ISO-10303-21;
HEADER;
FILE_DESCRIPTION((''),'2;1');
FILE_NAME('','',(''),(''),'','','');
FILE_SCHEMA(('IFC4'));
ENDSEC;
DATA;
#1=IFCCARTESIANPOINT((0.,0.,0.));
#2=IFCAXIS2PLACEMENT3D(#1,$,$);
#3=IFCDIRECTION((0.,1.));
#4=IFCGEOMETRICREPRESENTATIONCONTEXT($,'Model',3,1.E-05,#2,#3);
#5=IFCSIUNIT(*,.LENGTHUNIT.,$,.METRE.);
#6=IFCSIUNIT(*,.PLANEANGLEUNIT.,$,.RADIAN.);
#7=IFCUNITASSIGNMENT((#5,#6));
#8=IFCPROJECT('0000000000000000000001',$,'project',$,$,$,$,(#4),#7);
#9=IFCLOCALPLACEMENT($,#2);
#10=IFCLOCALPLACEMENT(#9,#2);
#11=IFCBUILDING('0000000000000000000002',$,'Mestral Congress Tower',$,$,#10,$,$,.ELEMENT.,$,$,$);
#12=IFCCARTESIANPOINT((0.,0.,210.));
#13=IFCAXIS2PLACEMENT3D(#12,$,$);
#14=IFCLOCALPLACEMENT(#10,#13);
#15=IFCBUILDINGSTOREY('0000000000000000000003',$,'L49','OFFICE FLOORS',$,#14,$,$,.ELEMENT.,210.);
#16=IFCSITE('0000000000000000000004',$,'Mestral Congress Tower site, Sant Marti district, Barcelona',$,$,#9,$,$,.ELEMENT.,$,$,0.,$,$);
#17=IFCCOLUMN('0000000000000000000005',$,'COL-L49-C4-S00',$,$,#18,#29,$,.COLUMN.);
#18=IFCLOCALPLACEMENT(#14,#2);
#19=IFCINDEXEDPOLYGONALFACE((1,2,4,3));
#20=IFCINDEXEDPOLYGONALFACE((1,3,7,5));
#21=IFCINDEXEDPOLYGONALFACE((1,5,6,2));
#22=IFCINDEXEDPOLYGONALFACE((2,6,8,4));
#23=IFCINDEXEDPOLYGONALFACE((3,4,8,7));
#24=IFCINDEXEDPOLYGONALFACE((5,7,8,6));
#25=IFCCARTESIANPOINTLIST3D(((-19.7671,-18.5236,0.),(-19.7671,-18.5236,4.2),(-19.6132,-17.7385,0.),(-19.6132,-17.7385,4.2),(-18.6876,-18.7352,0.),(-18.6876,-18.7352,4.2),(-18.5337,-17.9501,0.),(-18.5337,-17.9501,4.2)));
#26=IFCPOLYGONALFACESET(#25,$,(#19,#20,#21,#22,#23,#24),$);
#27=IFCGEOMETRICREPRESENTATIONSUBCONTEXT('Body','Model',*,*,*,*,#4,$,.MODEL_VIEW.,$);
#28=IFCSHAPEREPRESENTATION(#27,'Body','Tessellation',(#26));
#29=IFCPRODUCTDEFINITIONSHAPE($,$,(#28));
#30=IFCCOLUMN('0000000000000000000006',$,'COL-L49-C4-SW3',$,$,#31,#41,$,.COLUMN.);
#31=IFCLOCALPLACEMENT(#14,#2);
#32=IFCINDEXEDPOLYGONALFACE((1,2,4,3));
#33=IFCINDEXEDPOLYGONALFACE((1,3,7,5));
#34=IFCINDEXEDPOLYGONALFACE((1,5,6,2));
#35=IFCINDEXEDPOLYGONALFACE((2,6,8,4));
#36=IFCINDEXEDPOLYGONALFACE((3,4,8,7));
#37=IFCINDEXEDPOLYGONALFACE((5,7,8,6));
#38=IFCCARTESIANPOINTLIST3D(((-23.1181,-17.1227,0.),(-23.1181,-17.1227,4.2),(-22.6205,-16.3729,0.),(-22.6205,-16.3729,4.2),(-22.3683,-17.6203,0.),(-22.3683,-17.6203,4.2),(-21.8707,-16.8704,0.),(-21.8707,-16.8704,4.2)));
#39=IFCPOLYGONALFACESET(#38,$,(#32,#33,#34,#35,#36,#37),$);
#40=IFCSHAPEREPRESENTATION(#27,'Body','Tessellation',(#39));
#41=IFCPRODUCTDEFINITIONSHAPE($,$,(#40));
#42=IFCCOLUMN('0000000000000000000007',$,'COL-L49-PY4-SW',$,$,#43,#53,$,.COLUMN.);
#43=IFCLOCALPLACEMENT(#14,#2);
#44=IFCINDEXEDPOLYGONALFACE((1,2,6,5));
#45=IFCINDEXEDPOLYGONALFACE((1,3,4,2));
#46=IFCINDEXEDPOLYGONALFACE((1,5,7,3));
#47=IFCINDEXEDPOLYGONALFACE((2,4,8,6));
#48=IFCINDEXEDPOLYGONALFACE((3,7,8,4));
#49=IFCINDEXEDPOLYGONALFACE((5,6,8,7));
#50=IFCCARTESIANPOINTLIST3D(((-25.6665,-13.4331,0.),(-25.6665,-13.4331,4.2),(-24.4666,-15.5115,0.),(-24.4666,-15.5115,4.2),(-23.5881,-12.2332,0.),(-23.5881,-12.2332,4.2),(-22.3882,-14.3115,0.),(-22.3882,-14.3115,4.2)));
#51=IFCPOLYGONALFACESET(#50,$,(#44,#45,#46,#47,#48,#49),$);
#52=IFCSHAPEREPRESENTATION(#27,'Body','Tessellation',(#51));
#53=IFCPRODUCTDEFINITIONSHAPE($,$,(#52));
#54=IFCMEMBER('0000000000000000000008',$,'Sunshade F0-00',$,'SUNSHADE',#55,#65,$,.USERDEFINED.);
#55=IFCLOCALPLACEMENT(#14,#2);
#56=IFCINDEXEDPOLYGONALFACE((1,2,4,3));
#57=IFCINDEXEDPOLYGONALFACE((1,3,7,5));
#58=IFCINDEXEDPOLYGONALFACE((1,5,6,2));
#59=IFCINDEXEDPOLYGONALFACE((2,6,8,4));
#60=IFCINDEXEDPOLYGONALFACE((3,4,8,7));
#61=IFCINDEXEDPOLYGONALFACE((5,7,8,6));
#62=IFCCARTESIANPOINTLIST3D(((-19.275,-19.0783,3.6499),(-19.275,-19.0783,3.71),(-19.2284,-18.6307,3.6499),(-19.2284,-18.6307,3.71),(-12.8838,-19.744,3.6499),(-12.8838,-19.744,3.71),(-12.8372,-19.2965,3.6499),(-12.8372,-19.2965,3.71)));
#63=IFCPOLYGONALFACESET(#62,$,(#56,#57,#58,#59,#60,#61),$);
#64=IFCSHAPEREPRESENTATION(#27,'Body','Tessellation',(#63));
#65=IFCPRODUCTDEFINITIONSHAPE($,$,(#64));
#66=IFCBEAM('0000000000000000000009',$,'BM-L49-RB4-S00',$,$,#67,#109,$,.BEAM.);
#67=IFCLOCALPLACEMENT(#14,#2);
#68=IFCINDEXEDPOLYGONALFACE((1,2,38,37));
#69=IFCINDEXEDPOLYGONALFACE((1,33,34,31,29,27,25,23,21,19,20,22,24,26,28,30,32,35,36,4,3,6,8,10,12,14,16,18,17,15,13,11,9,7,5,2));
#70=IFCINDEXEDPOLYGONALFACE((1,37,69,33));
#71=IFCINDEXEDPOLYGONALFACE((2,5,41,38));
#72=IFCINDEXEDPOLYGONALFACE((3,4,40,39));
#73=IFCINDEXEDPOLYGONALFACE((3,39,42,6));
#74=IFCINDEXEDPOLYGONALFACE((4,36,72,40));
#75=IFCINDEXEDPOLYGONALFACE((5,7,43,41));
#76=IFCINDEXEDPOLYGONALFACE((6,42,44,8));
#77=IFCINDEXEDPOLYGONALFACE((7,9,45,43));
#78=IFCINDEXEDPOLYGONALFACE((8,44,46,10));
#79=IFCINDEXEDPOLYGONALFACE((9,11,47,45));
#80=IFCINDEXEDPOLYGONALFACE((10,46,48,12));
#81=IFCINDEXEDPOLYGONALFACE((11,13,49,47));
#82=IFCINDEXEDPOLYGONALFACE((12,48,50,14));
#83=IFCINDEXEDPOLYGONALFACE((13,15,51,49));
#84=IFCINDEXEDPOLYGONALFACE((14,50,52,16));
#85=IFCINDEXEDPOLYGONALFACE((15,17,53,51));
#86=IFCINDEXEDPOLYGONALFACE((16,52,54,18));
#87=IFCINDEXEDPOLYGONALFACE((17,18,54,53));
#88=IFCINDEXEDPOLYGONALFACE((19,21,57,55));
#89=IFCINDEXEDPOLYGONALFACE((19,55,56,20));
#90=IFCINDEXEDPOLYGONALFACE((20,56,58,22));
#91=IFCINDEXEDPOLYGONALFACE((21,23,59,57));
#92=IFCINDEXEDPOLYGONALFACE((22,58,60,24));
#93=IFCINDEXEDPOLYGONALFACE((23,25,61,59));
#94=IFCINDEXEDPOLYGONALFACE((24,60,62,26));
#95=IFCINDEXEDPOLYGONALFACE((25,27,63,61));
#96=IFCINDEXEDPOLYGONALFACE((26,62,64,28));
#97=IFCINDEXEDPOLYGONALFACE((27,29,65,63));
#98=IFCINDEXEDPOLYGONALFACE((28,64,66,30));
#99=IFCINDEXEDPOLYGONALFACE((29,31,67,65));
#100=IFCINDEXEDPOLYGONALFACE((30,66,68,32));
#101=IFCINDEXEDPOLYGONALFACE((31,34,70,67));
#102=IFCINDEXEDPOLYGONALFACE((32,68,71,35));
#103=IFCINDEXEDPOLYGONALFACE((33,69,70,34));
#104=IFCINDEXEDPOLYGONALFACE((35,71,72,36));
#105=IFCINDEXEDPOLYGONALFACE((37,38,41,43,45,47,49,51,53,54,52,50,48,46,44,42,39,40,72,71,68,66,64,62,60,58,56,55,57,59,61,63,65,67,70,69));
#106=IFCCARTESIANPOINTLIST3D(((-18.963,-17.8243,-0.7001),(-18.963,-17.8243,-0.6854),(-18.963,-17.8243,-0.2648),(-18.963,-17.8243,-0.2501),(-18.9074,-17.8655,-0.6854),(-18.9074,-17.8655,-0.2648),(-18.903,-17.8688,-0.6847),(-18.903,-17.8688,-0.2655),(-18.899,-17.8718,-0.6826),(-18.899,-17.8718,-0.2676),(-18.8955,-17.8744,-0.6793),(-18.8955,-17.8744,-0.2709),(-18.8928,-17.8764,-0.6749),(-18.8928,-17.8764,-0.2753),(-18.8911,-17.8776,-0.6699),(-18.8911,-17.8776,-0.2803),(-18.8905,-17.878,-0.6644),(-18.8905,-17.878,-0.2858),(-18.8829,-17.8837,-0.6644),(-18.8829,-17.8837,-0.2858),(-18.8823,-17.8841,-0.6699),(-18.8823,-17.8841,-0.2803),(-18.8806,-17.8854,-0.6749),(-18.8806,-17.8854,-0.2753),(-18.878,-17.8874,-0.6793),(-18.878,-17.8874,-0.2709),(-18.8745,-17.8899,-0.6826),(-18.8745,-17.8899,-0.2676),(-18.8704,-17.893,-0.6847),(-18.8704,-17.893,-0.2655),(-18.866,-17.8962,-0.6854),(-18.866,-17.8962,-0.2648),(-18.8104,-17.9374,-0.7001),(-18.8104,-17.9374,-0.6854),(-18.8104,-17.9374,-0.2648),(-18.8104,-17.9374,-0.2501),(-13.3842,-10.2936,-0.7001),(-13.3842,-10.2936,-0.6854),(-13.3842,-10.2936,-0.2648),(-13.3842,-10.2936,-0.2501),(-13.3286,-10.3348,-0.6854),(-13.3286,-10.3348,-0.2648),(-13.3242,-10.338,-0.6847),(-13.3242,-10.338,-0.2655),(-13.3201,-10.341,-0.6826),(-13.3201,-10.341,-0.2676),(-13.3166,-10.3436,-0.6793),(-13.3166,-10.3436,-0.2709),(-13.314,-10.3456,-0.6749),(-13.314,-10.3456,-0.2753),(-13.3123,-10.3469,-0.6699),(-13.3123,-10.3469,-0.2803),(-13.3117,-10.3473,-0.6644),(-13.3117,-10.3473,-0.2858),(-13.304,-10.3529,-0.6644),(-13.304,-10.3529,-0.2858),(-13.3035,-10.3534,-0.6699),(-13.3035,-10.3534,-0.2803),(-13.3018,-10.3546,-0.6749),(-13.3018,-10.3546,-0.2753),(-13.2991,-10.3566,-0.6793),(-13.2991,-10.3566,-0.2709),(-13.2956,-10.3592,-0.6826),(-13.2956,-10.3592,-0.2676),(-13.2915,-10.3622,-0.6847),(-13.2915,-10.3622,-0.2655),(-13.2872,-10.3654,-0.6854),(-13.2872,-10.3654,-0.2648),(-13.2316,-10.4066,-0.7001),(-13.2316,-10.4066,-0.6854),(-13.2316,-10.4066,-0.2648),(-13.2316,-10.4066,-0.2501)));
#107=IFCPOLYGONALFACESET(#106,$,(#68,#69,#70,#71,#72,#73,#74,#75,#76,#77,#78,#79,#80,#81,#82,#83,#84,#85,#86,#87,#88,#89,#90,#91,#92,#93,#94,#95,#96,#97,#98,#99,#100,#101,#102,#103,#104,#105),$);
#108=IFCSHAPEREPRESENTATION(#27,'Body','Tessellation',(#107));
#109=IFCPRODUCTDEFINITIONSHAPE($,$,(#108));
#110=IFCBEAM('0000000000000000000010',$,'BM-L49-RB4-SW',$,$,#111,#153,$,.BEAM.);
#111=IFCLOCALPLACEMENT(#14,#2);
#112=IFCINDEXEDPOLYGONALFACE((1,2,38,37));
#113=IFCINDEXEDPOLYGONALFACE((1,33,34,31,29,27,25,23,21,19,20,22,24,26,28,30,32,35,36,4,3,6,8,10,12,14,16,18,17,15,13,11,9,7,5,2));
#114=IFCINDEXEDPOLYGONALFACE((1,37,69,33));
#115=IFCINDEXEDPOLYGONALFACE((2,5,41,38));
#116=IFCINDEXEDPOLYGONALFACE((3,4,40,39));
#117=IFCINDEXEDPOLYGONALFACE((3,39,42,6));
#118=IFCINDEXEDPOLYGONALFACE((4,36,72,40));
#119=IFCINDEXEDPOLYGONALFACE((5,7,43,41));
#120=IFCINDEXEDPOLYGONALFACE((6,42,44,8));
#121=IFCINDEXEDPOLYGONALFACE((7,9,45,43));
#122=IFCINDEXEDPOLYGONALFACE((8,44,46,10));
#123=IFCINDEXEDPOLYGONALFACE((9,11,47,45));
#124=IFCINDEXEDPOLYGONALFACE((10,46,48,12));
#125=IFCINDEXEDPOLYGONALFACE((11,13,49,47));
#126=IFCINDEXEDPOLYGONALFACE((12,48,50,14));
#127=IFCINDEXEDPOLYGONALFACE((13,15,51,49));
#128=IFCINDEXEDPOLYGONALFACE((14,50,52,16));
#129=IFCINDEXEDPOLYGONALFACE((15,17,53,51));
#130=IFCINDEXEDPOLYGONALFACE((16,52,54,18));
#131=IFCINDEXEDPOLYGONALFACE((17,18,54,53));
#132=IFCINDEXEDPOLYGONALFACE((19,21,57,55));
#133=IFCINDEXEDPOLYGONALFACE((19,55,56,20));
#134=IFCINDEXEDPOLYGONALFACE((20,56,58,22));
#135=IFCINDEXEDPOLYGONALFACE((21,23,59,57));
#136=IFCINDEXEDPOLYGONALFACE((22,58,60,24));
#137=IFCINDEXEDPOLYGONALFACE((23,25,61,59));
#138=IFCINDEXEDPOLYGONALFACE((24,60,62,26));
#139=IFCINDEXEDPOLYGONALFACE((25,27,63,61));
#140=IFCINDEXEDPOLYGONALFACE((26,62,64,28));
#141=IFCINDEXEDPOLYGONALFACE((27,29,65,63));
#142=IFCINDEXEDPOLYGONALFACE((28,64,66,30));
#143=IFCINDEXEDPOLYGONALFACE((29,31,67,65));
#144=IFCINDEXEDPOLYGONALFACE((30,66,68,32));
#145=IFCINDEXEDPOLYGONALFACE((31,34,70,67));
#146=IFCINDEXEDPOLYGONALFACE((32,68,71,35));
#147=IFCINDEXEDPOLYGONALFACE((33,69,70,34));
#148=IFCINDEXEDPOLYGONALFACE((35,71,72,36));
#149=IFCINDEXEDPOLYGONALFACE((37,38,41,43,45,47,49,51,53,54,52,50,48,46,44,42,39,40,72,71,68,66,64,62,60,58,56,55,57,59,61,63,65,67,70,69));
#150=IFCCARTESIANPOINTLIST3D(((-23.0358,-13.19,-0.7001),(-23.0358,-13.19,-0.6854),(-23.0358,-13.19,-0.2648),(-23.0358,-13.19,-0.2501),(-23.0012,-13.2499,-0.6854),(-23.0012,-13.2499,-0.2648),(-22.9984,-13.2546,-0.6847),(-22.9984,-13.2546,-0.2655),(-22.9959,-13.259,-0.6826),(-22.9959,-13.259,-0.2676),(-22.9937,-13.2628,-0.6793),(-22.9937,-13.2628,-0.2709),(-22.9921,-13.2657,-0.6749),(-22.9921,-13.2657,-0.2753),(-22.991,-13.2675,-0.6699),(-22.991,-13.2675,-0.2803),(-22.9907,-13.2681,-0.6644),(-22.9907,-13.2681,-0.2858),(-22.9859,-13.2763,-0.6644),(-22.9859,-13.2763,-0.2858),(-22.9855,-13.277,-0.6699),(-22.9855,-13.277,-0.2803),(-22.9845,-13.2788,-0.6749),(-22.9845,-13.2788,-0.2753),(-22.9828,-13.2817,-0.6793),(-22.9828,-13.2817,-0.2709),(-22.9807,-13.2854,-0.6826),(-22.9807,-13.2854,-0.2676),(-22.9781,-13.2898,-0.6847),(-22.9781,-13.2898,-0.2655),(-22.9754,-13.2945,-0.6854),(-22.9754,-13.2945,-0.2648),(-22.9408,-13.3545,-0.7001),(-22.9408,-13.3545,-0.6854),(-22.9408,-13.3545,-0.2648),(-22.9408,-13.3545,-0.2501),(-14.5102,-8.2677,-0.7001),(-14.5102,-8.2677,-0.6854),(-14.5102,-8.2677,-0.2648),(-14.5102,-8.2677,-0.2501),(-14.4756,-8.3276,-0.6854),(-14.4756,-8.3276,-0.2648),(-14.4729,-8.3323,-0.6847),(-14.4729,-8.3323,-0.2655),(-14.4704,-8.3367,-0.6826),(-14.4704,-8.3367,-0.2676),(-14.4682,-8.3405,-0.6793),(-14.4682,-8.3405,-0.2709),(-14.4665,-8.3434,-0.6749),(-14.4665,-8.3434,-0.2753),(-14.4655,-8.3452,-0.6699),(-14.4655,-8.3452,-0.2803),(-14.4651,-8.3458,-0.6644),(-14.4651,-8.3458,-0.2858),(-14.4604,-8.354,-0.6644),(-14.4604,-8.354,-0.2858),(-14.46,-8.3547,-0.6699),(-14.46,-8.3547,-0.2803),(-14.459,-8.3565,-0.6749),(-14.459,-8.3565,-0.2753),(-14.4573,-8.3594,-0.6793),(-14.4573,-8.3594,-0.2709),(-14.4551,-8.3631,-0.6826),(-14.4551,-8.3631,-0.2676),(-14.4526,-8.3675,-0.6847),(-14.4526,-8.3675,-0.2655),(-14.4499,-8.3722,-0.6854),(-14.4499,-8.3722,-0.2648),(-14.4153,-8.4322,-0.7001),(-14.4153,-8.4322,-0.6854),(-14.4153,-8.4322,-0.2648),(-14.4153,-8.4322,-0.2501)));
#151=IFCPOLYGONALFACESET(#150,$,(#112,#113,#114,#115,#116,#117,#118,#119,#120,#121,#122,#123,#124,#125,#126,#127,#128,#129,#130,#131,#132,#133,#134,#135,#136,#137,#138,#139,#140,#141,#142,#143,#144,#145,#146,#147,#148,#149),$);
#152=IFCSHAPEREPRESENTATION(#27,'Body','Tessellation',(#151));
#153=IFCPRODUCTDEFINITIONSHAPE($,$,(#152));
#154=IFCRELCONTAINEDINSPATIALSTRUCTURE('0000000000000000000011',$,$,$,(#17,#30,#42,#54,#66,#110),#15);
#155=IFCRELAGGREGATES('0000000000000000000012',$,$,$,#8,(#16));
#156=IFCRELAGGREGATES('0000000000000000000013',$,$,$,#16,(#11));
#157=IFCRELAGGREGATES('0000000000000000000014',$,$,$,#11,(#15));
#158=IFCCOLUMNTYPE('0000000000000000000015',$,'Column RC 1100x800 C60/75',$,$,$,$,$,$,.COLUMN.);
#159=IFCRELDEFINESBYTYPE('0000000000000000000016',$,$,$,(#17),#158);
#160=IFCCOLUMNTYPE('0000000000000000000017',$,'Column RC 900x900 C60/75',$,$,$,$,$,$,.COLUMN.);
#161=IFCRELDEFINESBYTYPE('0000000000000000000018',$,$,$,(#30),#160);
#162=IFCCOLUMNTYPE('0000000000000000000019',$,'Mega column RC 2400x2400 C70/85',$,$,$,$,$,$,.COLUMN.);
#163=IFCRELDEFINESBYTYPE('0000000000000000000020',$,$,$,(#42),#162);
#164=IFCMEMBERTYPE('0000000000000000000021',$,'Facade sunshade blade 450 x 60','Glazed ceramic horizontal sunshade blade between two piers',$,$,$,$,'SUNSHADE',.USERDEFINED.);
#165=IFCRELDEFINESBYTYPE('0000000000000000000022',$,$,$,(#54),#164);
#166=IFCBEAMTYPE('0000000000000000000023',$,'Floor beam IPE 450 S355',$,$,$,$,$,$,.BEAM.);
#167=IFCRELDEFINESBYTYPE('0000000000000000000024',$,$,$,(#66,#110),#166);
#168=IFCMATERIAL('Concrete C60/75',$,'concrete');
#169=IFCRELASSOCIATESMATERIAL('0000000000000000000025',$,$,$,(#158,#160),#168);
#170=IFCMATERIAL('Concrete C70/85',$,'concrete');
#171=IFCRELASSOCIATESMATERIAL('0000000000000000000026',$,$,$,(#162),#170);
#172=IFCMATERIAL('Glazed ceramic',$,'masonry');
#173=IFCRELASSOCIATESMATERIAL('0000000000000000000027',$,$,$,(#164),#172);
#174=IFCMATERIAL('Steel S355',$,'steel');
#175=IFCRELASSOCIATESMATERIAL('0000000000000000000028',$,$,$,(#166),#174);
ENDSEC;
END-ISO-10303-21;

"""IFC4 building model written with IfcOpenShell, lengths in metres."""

from ifc_helpers import new_model, si_unit, direction, frame, origin, origin_2d, place, context, subcontext, project, spatial, rectangle, i_section, extrude, material, material_profile, profile_set, type_object, element, save


model = new_model("IFC4")

# Units and contexts
model_context = context("Model", 3, precision=1e-05, world=origin(), true_north=direction((0.0, 1.0)))
body_context = subcontext(model_context, "Body", "Model", "MODEL_VIEW")
ifc_project = project(units=[si_unit("LENGTHUNIT", "METRE"), si_unit("PLANEANGLEUNIT", "RADIAN")], contexts=[model_context])

# Site, building, storey
site_placement = place(None, origin())
site = spatial("IfcSite", under=ifc_project, at=site_placement, Name="Mestral Congress Tower site, Sant Marti district, Barcelona", CompositionType="ELEMENT", RefElevation=0.0)
building_placement = place(site_placement, origin())
building = spatial("IfcBuilding", under=site, at=building_placement, Name="Mestral Congress Tower", CompositionType="ELEMENT")
storey_placement = place(building_placement, frame((0.0, 0.0, 210.0)))
storey = spatial("IfcBuildingStorey", under=building, at=storey_placement, Name="L49", Description="OFFICE FLOORS", CompositionType="ELEMENT", Elevation=210.0)

# Columns
ifc_material_1 = material(Name="Concrete C60/75", Category="concrete")
ifc_material_profile_1 = material_profile(ifc_material_1, rectangle(XDim=1.1001, YDim=0.8, at=origin_2d()), Name="RC 1100x800")
ifc_profile_set_1 = profile_set([ifc_material_profile_1], Name="Concrete C60/75")
column_type_1 = type_object("IfcColumnType", Name="Column RC 1100x800 C60/75", PredefinedType="COLUMN", material=ifc_profile_set_1)
column_1_placement = place(storey_placement, frame((-19.1504, -18.2368, 0.0), z_axis=(0.0, 0.0, 1.0), x_axis=(0.981325, -0.192359, 0.0)))
element("IfcColumn", 1, at=column_1_placement, inside=storey, type_object=column_type_1, Name="COL-L49-C4-S00", PredefinedType="COLUMN", context=body_context, shape_type="SweptSolid", body=[
    extrude(rectangle(XDim=1.1001, YDim=0.8, at=origin_2d()), origin(), (0.0, 0.0, 1.0), 4.2),
])
ifc_material_profile_2 = material_profile(ifc_material_1, rectangle(XDim=0.8999, YDim=0.8999, at=origin_2d()), Name="RC 900x900")
ifc_profile_set_2 = profile_set([ifc_material_profile_2], Name="Concrete C60/75")
column_type_2 = type_object("IfcColumnType", Name="Column RC 900x900 C60/75", PredefinedType="COLUMN", material=ifc_profile_set_2)
column_2_placement = place(storey_placement, frame((-22.4944, -16.9966, 0.0), z_axis=(0.0, 0.0, 1.0), x_axis=(0.833239, -0.552913, 0.0)))
element("IfcColumn", 2, at=column_2_placement, inside=storey, type_object=column_type_2, Name="COL-L49-C4-SW3", PredefinedType="COLUMN", context=body_context, shape_type="SweptSolid", body=[
    extrude(rectangle(XDim=0.8999, YDim=0.8999, at=origin_2d()), origin(), (0.0, 0.0, 1.0), 4.2),
])
ifc_material_2 = material(Name="Concrete C70/85", Category="concrete")
ifc_material_profile_3 = material_profile(ifc_material_2, rectangle(XDim=2.3999, YDim=2.3999, at=origin_2d()), Name="RC 2400x2400")
ifc_profile_set_3 = profile_set([ifc_material_profile_3], Name="Concrete C70/85")
column_type_3 = type_object("IfcColumnType", Name="Mega column RC 2400x2400 C70/85", PredefinedType="COLUMN", material=ifc_profile_set_3)
column_3_placement = place(storey_placement, frame((-24.0273, -13.8723, 0.0), z_axis=(0.0, 0.0, 1.0), x_axis=(-0.866025, -0.5, 0.0)))
element("IfcColumn", 3, at=column_3_placement, inside=storey, type_object=column_type_3, Name="COL-L49-PY4-SW", PredefinedType="COLUMN", context=body_context, shape_type="SweptSolid", body=[
    extrude(rectangle(XDim=2.3999, YDim=2.3999, at=origin_2d()), origin(), (0.0, 0.0, 1.0), 4.2),
])

# Member
ifc_material_3 = material(Name="Glazed ceramic", Category="masonry")
ifc_material_profile_4 = material_profile(ifc_material_3, rectangle(XDim=0.45, YDim=0.0601, at=origin_2d()), Name="Ceramic blade 450 x 60")
ifc_profile_set_4 = profile_set([ifc_material_profile_4], Name="Glazed ceramic")
member_type = type_object("IfcMemberType", Name="Facade sunshade blade 450 x 60", Description="Glazed ceramic horizontal sunshade blade between two piers", ElementType="SUNSHADE", PredefinedType="USERDEFINED", material=ifc_profile_set_4)
member_placement = place(storey_placement, frame((-19.2517, -18.8545, 3.6799), z_axis=(0.994618, -0.103611, 0.0), x_axis=(0.103611, 0.994618, 0.0)))
element("IfcMember", 4, at=member_placement, inside=storey, type_object=member_type, Name="Sunshade F0-00", ObjectType="SUNSHADE", PredefinedType="USERDEFINED", context=body_context, shape_type="SweptSolid", body=[
    extrude(rectangle(XDim=0.45, YDim=0.0601, at=origin_2d()), origin(), (0.0, 0.0, 1.0), 6.4258),
])

# Beams
ifc_material_4 = material(Name="Steel S355", Category="steel")
ifc_material_profile_5 = material_profile(ifc_material_4, i_section(OverallWidth=0.1899, OverallDepth=0.45, WebThickness=0.0095, FlangeThickness=0.0146, FilletRadius=0.021, at=origin_2d()), Name="IPE 450")
ifc_profile_set_5 = profile_set([ifc_material_profile_5], Name="Steel S355")
beam_type_1 = type_object("IfcBeamType", Name="Floor beam IPE 450 S355", PredefinedType="BEAM", material=ifc_profile_set_5)
beam_1_placement = place(storey_placement, frame((-18.8867, -17.8809, -0.4751), z_axis=(0.595263, 0.803531, 0.0), x_axis=(-0.803531, 0.595263, 0.0)))
element("IfcBeam", 5, at=beam_1_placement, inside=storey, type_object=beam_type_1, Name="BM-L49-RB4-S00", PredefinedType="BEAM", context=body_context, shape_type="SweptSolid", body=[
    extrude(i_section(OverallWidth=0.1899, OverallDepth=0.45, WebThickness=0.0095, FlangeThickness=0.0146, FilletRadius=0.021, at=origin_2d()), origin(), (0.0, 0.0, 1.0), 9.3721),
])
beam_2_placement = place(storey_placement, frame((-22.9883, -13.2722, -0.4751), z_axis=(0.866022, 0.500007, 0.0), x_axis=(-0.500007, 0.866022, 0.0)))
element("IfcBeam", 6, at=beam_2_placement, inside=storey, type_object=beam_type_1, Name="BM-L49-RB4-SW", PredefinedType="BEAM", context=body_context, shape_type="SweptSolid", body=[
    extrude(i_section(OverallWidth=0.1899, OverallDepth=0.45, WebThickness=0.0095, FlangeThickness=0.0146, FilletRadius=0.021, at=origin_2d()), origin(), (0.0, 0.0, 1.0), 9.8445),
])

save(model, "model.ifc")
